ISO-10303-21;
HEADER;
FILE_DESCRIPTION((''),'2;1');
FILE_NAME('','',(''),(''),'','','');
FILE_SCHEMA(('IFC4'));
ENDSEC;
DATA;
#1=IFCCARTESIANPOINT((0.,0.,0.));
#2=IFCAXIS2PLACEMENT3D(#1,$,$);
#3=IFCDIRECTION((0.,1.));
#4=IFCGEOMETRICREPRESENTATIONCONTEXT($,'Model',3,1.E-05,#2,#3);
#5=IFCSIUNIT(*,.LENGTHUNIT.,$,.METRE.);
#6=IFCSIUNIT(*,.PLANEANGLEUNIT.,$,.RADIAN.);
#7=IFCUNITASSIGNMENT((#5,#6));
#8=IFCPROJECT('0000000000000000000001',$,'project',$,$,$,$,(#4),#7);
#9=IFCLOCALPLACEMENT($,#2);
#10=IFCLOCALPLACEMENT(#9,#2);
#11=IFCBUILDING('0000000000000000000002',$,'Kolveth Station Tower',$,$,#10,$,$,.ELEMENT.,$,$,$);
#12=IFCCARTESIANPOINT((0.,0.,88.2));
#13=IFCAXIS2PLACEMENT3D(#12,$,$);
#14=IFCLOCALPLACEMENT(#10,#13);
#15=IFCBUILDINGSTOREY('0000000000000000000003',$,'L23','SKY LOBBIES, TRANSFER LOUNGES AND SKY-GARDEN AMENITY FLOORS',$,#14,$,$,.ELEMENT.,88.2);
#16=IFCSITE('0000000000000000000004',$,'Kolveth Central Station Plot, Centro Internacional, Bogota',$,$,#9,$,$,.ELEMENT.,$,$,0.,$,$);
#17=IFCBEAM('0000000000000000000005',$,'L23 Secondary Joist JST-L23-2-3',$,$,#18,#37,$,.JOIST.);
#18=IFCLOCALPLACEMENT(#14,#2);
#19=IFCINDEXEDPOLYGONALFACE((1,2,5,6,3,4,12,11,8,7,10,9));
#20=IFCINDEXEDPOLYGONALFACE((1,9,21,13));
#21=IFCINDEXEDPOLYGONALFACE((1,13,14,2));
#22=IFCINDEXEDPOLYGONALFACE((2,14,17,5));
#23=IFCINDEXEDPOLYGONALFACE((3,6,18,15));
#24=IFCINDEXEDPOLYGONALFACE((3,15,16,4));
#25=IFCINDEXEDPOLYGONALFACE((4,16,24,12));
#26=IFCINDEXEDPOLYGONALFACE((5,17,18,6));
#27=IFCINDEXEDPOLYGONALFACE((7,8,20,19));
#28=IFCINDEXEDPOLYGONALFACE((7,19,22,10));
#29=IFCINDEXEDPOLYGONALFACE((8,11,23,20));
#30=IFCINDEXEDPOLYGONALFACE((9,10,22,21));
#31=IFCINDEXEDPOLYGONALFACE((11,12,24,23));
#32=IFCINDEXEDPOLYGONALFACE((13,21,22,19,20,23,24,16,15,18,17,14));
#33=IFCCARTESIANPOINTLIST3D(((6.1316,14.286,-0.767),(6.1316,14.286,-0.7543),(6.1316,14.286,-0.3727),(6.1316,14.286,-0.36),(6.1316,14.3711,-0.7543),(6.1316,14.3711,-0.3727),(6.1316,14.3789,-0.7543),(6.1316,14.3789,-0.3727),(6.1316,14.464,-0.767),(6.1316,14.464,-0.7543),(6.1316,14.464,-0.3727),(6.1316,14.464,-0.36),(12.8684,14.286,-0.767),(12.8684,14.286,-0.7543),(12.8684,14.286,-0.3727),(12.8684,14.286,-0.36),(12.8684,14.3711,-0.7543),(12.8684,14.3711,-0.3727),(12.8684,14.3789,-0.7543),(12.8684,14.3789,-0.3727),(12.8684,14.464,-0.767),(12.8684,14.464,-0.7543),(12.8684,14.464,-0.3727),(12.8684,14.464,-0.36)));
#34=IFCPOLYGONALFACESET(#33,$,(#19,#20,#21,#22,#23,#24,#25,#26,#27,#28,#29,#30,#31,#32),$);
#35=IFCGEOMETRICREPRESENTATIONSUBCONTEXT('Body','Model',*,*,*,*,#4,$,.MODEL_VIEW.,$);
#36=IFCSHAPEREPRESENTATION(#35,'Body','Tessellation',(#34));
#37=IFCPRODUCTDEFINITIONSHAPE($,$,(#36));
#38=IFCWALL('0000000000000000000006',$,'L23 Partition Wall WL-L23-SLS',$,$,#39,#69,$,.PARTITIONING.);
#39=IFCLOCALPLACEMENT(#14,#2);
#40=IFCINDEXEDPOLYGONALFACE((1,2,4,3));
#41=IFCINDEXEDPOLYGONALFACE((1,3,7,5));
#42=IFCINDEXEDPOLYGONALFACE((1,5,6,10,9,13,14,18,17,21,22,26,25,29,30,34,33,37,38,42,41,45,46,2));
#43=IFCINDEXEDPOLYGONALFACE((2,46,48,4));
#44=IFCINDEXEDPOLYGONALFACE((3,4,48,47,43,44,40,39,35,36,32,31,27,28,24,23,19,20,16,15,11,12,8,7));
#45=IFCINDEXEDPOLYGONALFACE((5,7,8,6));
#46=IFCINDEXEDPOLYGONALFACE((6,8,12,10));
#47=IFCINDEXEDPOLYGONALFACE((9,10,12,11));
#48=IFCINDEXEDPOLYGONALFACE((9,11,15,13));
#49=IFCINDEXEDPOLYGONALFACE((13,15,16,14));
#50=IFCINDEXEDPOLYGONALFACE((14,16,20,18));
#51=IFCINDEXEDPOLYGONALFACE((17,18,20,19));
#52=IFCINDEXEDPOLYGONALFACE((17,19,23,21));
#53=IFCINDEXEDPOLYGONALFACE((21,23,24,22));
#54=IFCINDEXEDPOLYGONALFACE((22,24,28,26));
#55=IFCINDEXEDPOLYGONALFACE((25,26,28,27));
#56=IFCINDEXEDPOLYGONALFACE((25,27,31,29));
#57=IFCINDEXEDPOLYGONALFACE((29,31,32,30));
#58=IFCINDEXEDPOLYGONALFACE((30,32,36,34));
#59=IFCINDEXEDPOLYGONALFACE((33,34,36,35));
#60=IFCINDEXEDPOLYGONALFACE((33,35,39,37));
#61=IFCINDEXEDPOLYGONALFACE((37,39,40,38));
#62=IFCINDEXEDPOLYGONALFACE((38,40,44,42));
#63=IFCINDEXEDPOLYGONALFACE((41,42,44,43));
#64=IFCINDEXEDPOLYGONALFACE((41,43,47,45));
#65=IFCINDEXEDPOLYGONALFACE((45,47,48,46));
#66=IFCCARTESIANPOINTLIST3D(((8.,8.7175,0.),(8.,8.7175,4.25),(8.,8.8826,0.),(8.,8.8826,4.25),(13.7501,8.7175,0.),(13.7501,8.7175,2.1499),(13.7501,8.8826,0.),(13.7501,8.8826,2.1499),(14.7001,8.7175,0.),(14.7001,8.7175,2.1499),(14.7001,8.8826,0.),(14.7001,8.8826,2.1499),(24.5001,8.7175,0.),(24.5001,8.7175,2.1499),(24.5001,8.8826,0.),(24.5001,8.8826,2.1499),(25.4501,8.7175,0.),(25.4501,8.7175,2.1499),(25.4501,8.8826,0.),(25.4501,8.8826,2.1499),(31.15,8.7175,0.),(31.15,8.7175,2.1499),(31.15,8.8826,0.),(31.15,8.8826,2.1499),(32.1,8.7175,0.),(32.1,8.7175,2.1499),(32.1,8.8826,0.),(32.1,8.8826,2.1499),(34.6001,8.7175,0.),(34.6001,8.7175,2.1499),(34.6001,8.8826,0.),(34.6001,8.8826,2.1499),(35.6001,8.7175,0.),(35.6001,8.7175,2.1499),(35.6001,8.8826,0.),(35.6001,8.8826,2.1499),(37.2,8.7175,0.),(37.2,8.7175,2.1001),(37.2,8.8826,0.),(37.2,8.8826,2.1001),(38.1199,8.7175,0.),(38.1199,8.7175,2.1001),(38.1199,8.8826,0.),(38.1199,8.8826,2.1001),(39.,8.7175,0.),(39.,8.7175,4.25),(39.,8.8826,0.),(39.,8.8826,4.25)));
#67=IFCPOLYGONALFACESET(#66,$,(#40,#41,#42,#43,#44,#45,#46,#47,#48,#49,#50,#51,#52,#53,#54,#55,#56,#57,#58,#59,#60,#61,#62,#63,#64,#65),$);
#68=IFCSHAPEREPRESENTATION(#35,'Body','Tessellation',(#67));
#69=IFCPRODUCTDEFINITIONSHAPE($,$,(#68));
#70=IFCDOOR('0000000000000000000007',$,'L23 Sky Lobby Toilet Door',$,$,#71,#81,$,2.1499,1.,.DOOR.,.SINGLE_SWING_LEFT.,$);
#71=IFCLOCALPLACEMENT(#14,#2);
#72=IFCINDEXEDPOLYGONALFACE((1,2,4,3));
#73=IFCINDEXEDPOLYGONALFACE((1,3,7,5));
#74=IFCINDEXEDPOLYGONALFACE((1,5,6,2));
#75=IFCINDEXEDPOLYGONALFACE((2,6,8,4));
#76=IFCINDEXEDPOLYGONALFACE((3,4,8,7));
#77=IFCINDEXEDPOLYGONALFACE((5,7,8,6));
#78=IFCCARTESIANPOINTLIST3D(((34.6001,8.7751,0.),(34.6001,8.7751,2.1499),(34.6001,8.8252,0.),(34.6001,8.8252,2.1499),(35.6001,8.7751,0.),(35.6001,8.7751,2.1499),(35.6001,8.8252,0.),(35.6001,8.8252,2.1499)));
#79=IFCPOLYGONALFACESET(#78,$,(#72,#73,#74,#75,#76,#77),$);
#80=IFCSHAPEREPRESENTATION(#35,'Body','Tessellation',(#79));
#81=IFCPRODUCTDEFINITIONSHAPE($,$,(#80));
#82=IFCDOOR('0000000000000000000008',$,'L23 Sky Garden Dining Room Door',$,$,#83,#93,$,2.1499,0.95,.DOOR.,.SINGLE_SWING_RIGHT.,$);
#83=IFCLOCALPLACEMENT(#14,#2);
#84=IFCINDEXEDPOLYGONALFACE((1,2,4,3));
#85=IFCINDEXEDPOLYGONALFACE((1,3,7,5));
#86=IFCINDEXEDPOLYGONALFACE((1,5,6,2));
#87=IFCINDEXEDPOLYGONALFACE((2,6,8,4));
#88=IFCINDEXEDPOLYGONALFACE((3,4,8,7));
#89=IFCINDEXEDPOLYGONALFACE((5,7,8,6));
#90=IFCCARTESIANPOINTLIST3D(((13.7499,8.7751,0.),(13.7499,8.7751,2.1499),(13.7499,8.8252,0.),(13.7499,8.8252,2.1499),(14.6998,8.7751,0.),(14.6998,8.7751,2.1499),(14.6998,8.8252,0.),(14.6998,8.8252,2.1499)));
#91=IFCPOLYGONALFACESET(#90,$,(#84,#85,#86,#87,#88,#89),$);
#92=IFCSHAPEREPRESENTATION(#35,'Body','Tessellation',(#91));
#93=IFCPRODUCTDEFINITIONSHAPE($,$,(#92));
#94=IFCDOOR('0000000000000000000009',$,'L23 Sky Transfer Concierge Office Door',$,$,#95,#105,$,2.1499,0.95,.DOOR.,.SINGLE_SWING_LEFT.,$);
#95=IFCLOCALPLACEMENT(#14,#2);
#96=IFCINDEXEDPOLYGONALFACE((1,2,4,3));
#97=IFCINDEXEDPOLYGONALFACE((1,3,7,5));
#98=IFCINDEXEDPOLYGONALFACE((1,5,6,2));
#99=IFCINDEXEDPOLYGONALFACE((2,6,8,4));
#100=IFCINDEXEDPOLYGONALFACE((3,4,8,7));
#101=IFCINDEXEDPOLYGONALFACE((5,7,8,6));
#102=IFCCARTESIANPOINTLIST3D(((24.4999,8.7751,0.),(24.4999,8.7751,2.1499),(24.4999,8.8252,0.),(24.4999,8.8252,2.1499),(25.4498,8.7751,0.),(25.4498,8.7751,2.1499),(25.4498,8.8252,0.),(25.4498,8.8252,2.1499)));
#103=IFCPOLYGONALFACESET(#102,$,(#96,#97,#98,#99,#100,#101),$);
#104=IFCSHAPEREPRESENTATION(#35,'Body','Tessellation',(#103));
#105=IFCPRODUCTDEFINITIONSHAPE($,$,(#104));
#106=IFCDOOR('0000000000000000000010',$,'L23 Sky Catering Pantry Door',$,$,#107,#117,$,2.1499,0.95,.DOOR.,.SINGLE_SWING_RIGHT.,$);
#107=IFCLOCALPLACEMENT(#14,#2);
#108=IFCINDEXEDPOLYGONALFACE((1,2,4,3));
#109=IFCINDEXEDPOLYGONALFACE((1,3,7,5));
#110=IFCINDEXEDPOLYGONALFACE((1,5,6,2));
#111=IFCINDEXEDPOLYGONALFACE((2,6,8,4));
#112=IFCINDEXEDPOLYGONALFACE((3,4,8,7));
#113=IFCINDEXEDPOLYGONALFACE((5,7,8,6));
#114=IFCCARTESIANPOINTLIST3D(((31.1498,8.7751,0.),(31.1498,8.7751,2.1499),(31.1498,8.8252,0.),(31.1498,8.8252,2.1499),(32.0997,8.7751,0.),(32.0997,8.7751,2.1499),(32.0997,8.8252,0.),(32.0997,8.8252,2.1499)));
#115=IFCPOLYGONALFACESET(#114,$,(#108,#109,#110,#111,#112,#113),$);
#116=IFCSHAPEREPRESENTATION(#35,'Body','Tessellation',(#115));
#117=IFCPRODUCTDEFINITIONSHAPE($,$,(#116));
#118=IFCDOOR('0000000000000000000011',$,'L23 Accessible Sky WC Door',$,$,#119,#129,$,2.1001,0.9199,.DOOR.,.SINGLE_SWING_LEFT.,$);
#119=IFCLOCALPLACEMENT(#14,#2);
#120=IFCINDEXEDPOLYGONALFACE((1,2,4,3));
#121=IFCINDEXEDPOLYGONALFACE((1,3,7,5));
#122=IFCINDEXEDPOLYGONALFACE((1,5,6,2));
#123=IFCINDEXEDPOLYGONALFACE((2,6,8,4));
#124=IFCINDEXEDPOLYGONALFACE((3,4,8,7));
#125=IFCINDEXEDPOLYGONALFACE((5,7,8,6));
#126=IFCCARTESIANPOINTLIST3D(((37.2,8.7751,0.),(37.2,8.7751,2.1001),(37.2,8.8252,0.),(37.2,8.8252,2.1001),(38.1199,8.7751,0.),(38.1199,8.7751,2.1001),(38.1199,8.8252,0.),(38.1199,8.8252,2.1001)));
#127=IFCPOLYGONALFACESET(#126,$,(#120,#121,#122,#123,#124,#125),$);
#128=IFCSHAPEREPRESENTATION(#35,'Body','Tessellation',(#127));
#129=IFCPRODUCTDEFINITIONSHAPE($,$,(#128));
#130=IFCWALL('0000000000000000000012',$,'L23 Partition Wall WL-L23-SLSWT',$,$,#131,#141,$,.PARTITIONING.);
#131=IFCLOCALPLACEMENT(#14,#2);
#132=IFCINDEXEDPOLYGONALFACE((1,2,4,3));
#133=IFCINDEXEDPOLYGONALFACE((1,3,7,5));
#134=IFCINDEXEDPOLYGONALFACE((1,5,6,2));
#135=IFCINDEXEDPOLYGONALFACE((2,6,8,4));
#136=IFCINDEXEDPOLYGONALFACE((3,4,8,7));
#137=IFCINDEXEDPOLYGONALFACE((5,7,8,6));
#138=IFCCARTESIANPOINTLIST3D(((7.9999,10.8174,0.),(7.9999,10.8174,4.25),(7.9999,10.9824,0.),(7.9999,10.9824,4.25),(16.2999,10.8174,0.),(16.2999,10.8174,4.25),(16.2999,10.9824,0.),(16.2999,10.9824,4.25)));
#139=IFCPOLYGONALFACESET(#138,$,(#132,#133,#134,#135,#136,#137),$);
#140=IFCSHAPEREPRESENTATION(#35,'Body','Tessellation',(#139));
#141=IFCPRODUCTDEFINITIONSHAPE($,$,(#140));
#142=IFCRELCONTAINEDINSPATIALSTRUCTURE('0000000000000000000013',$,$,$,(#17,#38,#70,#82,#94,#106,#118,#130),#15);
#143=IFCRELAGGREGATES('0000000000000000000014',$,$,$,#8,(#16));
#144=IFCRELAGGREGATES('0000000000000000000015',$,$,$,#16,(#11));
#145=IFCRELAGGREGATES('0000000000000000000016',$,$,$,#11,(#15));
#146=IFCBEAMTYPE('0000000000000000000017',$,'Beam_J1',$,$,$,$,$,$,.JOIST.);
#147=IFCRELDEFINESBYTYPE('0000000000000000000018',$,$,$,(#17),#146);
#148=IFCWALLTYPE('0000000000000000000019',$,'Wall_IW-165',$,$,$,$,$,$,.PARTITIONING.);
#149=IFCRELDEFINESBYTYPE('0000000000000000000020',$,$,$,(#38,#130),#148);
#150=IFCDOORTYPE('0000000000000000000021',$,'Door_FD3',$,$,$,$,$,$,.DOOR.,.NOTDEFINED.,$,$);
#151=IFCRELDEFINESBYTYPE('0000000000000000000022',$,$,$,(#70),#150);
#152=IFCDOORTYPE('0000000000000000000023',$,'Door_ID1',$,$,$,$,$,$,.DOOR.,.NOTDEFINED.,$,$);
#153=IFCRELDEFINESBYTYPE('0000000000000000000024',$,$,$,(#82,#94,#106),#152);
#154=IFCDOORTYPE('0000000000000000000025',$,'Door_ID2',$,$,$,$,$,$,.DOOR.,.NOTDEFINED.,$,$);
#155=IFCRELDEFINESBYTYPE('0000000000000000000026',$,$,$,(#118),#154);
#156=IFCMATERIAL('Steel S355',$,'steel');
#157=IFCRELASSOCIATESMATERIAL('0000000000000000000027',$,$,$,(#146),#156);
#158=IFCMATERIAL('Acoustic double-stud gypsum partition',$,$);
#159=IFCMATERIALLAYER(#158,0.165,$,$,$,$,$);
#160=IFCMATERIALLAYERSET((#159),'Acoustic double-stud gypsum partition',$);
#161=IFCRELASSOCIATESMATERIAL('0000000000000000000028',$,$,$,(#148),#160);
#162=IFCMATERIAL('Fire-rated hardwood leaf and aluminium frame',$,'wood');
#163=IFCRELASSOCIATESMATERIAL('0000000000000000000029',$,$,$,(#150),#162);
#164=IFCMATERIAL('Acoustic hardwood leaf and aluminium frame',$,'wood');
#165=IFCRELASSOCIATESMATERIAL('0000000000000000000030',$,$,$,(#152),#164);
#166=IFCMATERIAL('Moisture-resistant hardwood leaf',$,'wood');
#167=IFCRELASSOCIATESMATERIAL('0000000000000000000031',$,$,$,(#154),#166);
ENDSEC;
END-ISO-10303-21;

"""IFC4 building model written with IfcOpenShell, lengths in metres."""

from ifc_helpers import new_model, si_unit, direction, frame, frame_2d, origin, origin_2d, place, context, subcontext, project, spatial, rectangle, i_section, extrude, source, transform, mapped, material, layer, layer_set, material_profile, profile_set, type_object, element, fill, save


model = new_model("IFC4")

# Units and contexts
model_context = context("Model", 3, precision=1e-05, world=origin(), true_north=direction((0.0, 1.0)))
body_context = subcontext(model_context, "Body", "Model", "MODEL_VIEW")
ifc_project = project(units=[si_unit("LENGTHUNIT", "METRE"), si_unit("PLANEANGLEUNIT", "RADIAN")], contexts=[model_context])

# Site, building, storey
site_placement = place(None, origin())
site = spatial("IfcSite", under=ifc_project, at=site_placement, Name="Kolveth Central Station Plot, Centro Internacional, Bogota", CompositionType="ELEMENT", RefElevation=0.0)
building_placement = place(site_placement, origin())
building = spatial("IfcBuilding", under=site, at=building_placement, Name="Kolveth Station Tower", CompositionType="ELEMENT")
storey_placement = place(building_placement, frame((0.0, 0.0, 88.2)))
storey = spatial("IfcBuildingStorey", under=building, at=storey_placement, Name="L23", Description="SKY LOBBIES, TRANSFER LOUNGES AND SKY-GARDEN AMENITY FLOORS", CompositionType="ELEMENT", Elevation=88.2)

# Beam
ifc_material_1 = material(Name="Steel S355", Category="steel")
ifc_material_profile_1 = material_profile(ifc_material_1, i_section(OverallWidth=0.178, OverallDepth=0.407, WebThickness=0.0078, FlangeThickness=0.0127, at=origin_2d()), Name="W410x60")
ifc_profile_set_1 = profile_set([ifc_material_profile_1], Name="Steel S355")
beam_type_1 = type_object("IfcBeamType", Name="Beam_J1", PredefinedType="JOIST", material=ifc_profile_set_1)
shared_shape_1 = source(origin(), body_context, "Body", "SweptSolid", [
    extrude(i_section(OverallWidth=0.178, OverallDepth=0.407, WebThickness=0.0078, FlangeThickness=0.0127, at=origin_2d()), origin(), (0.0, 0.0, 1.0), 6.7368),
])
for number, where, z_axis, x_axis, name in (
    (1, (6.1316, 14.375, -0.5635), (1.0, 0.0, 0.0), (0.0, 1.0, 0.0), "L23 Secondary Joist JST-L23-2-3"),
):
    element("IfcBeam", number, at=place(storey_placement, frame(where, z_axis=z_axis, x_axis=x_axis)), inside=storey, type_object=beam_type_1, Name=name, PredefinedType="JOIST", context=body_context, shape_type="MappedRepresentation", body=[
        mapped(shared_shape_1, transform((0.0, 0.0, 0.0), x_axis=(1.0, 0.0, 0.0), y_axis=(0.0, 1.0, 0.0), z_axis=(0.0, 0.0, 1.0), scale=1.0)),
    ])

# Wall, openings, doors
ifc_material_2 = material(Name="Acoustic double-stud gypsum partition")
ifc_layer = layer(ifc_material_2, 0.165)
ifc_layer_set = layer_set([ifc_layer], Name="Acoustic double-stud gypsum partition")
wall_type = type_object("IfcWallType", Name="Wall_IW-165", PredefinedType="PARTITIONING", material=ifc_layer_set)
wall_1_placement = place(storey_placement, frame((8.0, 8.8, 0.0), z_axis=(0.0, 0.0, 1.0), x_axis=(1.0, 0.0, 0.0)))
wall_1 = element("IfcWall", 2, at=wall_1_placement, inside=storey, type_object=wall_type, Name="L23 Partition Wall WL-L23-SLS", PredefinedType="PARTITIONING", context=body_context, shape_type="SweptSolid", body=[
    extrude(rectangle(XDim=31.0, YDim=0.165, at=frame_2d((15.5, 0.0))), origin(), (0.0, 0.0, 1.0), 4.25),
])
opening_1_placement = place(wall_1_placement, frame((5.75, 0.0, 0.0)))
opening_1 = element("IfcOpeningElement", 3, at=opening_1_placement, cuts=wall_1, PredefinedType="OPENING", context=body_context, shape_type="SweptSolid", body=[
    extrude(rectangle(XDim=0.95, YDim=2.1499, at=frame_2d((0.4751, 1.075))), frame((0.0, 0.0925, 0.0), z_axis=(0.0, -1.0, 0.0), x_axis=(1.0, 0.0, 0.0)), (0.0, 0.0, 1.0), 0.1851),
])
opening_2_placement = place(wall_1_placement, frame((16.5, 0.0, 0.0)))
opening_2 = element("IfcOpeningElement", 4, at=opening_2_placement, cuts=wall_1, PredefinedType="OPENING", context=body_context, shape_type="SweptSolid", body=[
    extrude(rectangle(XDim=0.95, YDim=2.1499, at=frame_2d((0.4751, 1.075))), frame((0.0, 0.0925, 0.0), z_axis=(0.0, -1.0, 0.0), x_axis=(1.0, 0.0, 0.0)), (0.0, 0.0, 1.0), 0.1851),
])
opening_3_placement = place(wall_1_placement, frame((23.1499, 0.0, 0.0)))
opening_3 = element("IfcOpeningElement", 5, at=opening_3_placement, cuts=wall_1, PredefinedType="OPENING", context=body_context, shape_type="SweptSolid", body=[
    extrude(rectangle(XDim=0.95, YDim=2.1499, at=frame_2d((0.4751, 1.075))), frame((0.0, 0.0925, 0.0), z_axis=(0.0, -1.0, 0.0), x_axis=(1.0, 0.0, 0.0)), (0.0, 0.0, 1.0), 0.1851),
])
opening_4_placement = place(wall_1_placement, frame((26.6001, 0.0, 0.0)))
opening_4 = element("IfcOpeningElement", 6, at=opening_4_placement, cuts=wall_1, PredefinedType="OPENING", context=body_context, shape_type="SweptSolid", body=[
    extrude(rectangle(XDim=1.0, YDim=2.1499, at=frame_2d((0.5, 1.075))), frame((0.0, 0.0925, 0.0), z_axis=(0.0, -1.0, 0.0), x_axis=(1.0, 0.0, 0.0)), (0.0, 0.0, 1.0), 0.1851),
])
opening_5_placement = place(wall_1_placement, frame((29.2, 0.0, 0.0)))
opening_5 = element("IfcOpeningElement", 7, at=opening_5_placement, cuts=wall_1, PredefinedType="OPENING", context=body_context, shape_type="SweptSolid", body=[
    extrude(rectangle(XDim=0.9199, YDim=2.1001, at=frame_2d((0.46, 1.05))), frame((0.0, 0.0925, 0.0), z_axis=(0.0, -1.0, 0.0), x_axis=(1.0, 0.0, 0.0)), (0.0, 0.0, 1.0), 0.1851),
])
ifc_material_3 = material(Name="Fire-rated hardwood leaf and aluminium frame", Category="wood")
door_type_1 = type_object("IfcDoorType", Name="Door_FD3", OperationType="NOTDEFINED", PredefinedType="DOOR", material=ifc_material_3)
door_1_placement = place(opening_4_placement, frame((1.0, 0.0, 0.0), z_axis=(0.0, 0.0, 1.0), x_axis=(-1.0, 0.0, 0.0)))
door_1 = element("IfcDoor", 8, at=door_1_placement, inside=storey, type_object=door_type_1, Name="L23 Sky Lobby Toilet Door", OperationType="SINGLE_SWING_LEFT", OverallHeight=2.1499, OverallWidth=1.0, PredefinedType="DOOR", context=body_context, shape_type="SweptSolid", body=[
    extrude(rectangle(XDim=1.0, YDim=2.1499, at=frame_2d((0.5, 1.075))), frame((0.0, 0.0249, 0.0), z_axis=(0.0, -1.0, 0.0), x_axis=(1.0, 0.0, 0.0)), (0.0, 0.0, 1.0), 0.05),
])
fill(opening_4, door_1)
ifc_material_4 = material(Name="Acoustic hardwood leaf and aluminium frame", Category="wood")
door_type_2 = type_object("IfcDoorType", Name="Door_ID1", OperationType="NOTDEFINED", PredefinedType="DOOR", material=ifc_material_4)
door_2_placement = place(opening_1_placement, frame((0.95, 0.0, 0.0), z_axis=(0.0, 0.0, 1.0), x_axis=(-1.0, 0.0, 0.0)))
door_2 = element("IfcDoor", 9, at=door_2_placement, inside=storey, type_object=door_type_2, Name="L23 Sky Garden Dining Room Door", OperationType="SINGLE_SWING_RIGHT", OverallHeight=2.1499, OverallWidth=0.95, PredefinedType="DOOR", context=body_context, shape_type="SweptSolid", body=[
    extrude(rectangle(XDim=0.95, YDim=2.1499, at=frame_2d((0.4751, 1.075))), frame((0.0, 0.0249, 0.0), z_axis=(0.0, -1.0, 0.0), x_axis=(1.0, 0.0, 0.0)), (0.0, 0.0, 1.0), 0.05),
])
fill(opening_1, door_2)
door_3_placement = place(opening_2_placement, frame((0.95, 0.0, 0.0), z_axis=(0.0, 0.0, 1.0), x_axis=(-1.0, 0.0, 0.0)))
door_3 = element("IfcDoor", 10, at=door_3_placement, inside=storey, type_object=door_type_2, Name="L23 Sky Transfer Concierge Office Door", OperationType="SINGLE_SWING_LEFT", OverallHeight=2.1499, OverallWidth=0.95, PredefinedType="DOOR", context=body_context, shape_type="SweptSolid", body=[
    extrude(rectangle(XDim=0.95, YDim=2.1499, at=frame_2d((0.4751, 1.075))), frame((0.0, 0.0249, 0.0), z_axis=(0.0, -1.0, 0.0), x_axis=(1.0, 0.0, 0.0)), (0.0, 0.0, 1.0), 0.05),
])
fill(opening_2, door_3)
door_4_placement = place(opening_3_placement, frame((0.95, 0.0, 0.0), z_axis=(0.0, 0.0, 1.0), x_axis=(-1.0, 0.0, 0.0)))
door_4 = element("IfcDoor", 11, at=door_4_placement, inside=storey, type_object=door_type_2, Name="L23 Sky Catering Pantry Door", OperationType="SINGLE_SWING_RIGHT", OverallHeight=2.1499, OverallWidth=0.95, PredefinedType="DOOR", context=body_context, shape_type="SweptSolid", body=[
    extrude(rectangle(XDim=0.95, YDim=2.1499, at=frame_2d((0.4751, 1.075))), frame((0.0, 0.0249, 0.0), z_axis=(0.0, -1.0, 0.0), x_axis=(1.0, 0.0, 0.0)), (0.0, 0.0, 1.0), 0.05),
])
fill(opening_3, door_4)
ifc_material_5 = material(Name="Moisture-resistant hardwood leaf", Category="wood")
door_type_3 = type_object("IfcDoorType", Name="Door_ID2", OperationType="NOTDEFINED", PredefinedType="DOOR", material=ifc_material_5)
door_5_placement = place(opening_5_placement, frame((0.9199, 0.0, 0.0), z_axis=(0.0, 0.0, 1.0), x_axis=(-1.0, 0.0, 0.0)))
door_5 = element("IfcDoor", 12, at=door_5_placement, inside=storey, type_object=door_type_3, Name="L23 Accessible Sky WC Door", OperationType="SINGLE_SWING_LEFT", OverallHeight=2.1001, OverallWidth=0.9199, PredefinedType="DOOR", context=body_context, shape_type="SweptSolid", body=[
    extrude(rectangle(XDim=0.9199, YDim=2.1001, at=frame_2d((0.46, 1.05))), frame((0.0, 0.0249, 0.0), z_axis=(0.0, -1.0, 0.0), x_axis=(1.0, 0.0, 0.0)), (0.0, 0.0, 1.0), 0.05),
])
fill(opening_5, door_5)

# Wall
wall_2_placement = place(storey_placement, frame((8.0, 10.8999, 0.0), z_axis=(0.0, 0.0, 1.0), x_axis=(1.0, 0.0, 0.0)))
element("IfcWall", 13, at=wall_2_placement, inside=storey, type_object=wall_type, Name="L23 Partition Wall WL-L23-SLSWT", PredefinedType="PARTITIONING", context=body_context, shape_type="SweptSolid", body=[
    extrude(rectangle(XDim=8.3, YDim=0.165, at=frame_2d((4.1499, 0.0))), origin(), (0.0, 0.0, 1.0), 4.25),
])

save(model, "model.ifc")
